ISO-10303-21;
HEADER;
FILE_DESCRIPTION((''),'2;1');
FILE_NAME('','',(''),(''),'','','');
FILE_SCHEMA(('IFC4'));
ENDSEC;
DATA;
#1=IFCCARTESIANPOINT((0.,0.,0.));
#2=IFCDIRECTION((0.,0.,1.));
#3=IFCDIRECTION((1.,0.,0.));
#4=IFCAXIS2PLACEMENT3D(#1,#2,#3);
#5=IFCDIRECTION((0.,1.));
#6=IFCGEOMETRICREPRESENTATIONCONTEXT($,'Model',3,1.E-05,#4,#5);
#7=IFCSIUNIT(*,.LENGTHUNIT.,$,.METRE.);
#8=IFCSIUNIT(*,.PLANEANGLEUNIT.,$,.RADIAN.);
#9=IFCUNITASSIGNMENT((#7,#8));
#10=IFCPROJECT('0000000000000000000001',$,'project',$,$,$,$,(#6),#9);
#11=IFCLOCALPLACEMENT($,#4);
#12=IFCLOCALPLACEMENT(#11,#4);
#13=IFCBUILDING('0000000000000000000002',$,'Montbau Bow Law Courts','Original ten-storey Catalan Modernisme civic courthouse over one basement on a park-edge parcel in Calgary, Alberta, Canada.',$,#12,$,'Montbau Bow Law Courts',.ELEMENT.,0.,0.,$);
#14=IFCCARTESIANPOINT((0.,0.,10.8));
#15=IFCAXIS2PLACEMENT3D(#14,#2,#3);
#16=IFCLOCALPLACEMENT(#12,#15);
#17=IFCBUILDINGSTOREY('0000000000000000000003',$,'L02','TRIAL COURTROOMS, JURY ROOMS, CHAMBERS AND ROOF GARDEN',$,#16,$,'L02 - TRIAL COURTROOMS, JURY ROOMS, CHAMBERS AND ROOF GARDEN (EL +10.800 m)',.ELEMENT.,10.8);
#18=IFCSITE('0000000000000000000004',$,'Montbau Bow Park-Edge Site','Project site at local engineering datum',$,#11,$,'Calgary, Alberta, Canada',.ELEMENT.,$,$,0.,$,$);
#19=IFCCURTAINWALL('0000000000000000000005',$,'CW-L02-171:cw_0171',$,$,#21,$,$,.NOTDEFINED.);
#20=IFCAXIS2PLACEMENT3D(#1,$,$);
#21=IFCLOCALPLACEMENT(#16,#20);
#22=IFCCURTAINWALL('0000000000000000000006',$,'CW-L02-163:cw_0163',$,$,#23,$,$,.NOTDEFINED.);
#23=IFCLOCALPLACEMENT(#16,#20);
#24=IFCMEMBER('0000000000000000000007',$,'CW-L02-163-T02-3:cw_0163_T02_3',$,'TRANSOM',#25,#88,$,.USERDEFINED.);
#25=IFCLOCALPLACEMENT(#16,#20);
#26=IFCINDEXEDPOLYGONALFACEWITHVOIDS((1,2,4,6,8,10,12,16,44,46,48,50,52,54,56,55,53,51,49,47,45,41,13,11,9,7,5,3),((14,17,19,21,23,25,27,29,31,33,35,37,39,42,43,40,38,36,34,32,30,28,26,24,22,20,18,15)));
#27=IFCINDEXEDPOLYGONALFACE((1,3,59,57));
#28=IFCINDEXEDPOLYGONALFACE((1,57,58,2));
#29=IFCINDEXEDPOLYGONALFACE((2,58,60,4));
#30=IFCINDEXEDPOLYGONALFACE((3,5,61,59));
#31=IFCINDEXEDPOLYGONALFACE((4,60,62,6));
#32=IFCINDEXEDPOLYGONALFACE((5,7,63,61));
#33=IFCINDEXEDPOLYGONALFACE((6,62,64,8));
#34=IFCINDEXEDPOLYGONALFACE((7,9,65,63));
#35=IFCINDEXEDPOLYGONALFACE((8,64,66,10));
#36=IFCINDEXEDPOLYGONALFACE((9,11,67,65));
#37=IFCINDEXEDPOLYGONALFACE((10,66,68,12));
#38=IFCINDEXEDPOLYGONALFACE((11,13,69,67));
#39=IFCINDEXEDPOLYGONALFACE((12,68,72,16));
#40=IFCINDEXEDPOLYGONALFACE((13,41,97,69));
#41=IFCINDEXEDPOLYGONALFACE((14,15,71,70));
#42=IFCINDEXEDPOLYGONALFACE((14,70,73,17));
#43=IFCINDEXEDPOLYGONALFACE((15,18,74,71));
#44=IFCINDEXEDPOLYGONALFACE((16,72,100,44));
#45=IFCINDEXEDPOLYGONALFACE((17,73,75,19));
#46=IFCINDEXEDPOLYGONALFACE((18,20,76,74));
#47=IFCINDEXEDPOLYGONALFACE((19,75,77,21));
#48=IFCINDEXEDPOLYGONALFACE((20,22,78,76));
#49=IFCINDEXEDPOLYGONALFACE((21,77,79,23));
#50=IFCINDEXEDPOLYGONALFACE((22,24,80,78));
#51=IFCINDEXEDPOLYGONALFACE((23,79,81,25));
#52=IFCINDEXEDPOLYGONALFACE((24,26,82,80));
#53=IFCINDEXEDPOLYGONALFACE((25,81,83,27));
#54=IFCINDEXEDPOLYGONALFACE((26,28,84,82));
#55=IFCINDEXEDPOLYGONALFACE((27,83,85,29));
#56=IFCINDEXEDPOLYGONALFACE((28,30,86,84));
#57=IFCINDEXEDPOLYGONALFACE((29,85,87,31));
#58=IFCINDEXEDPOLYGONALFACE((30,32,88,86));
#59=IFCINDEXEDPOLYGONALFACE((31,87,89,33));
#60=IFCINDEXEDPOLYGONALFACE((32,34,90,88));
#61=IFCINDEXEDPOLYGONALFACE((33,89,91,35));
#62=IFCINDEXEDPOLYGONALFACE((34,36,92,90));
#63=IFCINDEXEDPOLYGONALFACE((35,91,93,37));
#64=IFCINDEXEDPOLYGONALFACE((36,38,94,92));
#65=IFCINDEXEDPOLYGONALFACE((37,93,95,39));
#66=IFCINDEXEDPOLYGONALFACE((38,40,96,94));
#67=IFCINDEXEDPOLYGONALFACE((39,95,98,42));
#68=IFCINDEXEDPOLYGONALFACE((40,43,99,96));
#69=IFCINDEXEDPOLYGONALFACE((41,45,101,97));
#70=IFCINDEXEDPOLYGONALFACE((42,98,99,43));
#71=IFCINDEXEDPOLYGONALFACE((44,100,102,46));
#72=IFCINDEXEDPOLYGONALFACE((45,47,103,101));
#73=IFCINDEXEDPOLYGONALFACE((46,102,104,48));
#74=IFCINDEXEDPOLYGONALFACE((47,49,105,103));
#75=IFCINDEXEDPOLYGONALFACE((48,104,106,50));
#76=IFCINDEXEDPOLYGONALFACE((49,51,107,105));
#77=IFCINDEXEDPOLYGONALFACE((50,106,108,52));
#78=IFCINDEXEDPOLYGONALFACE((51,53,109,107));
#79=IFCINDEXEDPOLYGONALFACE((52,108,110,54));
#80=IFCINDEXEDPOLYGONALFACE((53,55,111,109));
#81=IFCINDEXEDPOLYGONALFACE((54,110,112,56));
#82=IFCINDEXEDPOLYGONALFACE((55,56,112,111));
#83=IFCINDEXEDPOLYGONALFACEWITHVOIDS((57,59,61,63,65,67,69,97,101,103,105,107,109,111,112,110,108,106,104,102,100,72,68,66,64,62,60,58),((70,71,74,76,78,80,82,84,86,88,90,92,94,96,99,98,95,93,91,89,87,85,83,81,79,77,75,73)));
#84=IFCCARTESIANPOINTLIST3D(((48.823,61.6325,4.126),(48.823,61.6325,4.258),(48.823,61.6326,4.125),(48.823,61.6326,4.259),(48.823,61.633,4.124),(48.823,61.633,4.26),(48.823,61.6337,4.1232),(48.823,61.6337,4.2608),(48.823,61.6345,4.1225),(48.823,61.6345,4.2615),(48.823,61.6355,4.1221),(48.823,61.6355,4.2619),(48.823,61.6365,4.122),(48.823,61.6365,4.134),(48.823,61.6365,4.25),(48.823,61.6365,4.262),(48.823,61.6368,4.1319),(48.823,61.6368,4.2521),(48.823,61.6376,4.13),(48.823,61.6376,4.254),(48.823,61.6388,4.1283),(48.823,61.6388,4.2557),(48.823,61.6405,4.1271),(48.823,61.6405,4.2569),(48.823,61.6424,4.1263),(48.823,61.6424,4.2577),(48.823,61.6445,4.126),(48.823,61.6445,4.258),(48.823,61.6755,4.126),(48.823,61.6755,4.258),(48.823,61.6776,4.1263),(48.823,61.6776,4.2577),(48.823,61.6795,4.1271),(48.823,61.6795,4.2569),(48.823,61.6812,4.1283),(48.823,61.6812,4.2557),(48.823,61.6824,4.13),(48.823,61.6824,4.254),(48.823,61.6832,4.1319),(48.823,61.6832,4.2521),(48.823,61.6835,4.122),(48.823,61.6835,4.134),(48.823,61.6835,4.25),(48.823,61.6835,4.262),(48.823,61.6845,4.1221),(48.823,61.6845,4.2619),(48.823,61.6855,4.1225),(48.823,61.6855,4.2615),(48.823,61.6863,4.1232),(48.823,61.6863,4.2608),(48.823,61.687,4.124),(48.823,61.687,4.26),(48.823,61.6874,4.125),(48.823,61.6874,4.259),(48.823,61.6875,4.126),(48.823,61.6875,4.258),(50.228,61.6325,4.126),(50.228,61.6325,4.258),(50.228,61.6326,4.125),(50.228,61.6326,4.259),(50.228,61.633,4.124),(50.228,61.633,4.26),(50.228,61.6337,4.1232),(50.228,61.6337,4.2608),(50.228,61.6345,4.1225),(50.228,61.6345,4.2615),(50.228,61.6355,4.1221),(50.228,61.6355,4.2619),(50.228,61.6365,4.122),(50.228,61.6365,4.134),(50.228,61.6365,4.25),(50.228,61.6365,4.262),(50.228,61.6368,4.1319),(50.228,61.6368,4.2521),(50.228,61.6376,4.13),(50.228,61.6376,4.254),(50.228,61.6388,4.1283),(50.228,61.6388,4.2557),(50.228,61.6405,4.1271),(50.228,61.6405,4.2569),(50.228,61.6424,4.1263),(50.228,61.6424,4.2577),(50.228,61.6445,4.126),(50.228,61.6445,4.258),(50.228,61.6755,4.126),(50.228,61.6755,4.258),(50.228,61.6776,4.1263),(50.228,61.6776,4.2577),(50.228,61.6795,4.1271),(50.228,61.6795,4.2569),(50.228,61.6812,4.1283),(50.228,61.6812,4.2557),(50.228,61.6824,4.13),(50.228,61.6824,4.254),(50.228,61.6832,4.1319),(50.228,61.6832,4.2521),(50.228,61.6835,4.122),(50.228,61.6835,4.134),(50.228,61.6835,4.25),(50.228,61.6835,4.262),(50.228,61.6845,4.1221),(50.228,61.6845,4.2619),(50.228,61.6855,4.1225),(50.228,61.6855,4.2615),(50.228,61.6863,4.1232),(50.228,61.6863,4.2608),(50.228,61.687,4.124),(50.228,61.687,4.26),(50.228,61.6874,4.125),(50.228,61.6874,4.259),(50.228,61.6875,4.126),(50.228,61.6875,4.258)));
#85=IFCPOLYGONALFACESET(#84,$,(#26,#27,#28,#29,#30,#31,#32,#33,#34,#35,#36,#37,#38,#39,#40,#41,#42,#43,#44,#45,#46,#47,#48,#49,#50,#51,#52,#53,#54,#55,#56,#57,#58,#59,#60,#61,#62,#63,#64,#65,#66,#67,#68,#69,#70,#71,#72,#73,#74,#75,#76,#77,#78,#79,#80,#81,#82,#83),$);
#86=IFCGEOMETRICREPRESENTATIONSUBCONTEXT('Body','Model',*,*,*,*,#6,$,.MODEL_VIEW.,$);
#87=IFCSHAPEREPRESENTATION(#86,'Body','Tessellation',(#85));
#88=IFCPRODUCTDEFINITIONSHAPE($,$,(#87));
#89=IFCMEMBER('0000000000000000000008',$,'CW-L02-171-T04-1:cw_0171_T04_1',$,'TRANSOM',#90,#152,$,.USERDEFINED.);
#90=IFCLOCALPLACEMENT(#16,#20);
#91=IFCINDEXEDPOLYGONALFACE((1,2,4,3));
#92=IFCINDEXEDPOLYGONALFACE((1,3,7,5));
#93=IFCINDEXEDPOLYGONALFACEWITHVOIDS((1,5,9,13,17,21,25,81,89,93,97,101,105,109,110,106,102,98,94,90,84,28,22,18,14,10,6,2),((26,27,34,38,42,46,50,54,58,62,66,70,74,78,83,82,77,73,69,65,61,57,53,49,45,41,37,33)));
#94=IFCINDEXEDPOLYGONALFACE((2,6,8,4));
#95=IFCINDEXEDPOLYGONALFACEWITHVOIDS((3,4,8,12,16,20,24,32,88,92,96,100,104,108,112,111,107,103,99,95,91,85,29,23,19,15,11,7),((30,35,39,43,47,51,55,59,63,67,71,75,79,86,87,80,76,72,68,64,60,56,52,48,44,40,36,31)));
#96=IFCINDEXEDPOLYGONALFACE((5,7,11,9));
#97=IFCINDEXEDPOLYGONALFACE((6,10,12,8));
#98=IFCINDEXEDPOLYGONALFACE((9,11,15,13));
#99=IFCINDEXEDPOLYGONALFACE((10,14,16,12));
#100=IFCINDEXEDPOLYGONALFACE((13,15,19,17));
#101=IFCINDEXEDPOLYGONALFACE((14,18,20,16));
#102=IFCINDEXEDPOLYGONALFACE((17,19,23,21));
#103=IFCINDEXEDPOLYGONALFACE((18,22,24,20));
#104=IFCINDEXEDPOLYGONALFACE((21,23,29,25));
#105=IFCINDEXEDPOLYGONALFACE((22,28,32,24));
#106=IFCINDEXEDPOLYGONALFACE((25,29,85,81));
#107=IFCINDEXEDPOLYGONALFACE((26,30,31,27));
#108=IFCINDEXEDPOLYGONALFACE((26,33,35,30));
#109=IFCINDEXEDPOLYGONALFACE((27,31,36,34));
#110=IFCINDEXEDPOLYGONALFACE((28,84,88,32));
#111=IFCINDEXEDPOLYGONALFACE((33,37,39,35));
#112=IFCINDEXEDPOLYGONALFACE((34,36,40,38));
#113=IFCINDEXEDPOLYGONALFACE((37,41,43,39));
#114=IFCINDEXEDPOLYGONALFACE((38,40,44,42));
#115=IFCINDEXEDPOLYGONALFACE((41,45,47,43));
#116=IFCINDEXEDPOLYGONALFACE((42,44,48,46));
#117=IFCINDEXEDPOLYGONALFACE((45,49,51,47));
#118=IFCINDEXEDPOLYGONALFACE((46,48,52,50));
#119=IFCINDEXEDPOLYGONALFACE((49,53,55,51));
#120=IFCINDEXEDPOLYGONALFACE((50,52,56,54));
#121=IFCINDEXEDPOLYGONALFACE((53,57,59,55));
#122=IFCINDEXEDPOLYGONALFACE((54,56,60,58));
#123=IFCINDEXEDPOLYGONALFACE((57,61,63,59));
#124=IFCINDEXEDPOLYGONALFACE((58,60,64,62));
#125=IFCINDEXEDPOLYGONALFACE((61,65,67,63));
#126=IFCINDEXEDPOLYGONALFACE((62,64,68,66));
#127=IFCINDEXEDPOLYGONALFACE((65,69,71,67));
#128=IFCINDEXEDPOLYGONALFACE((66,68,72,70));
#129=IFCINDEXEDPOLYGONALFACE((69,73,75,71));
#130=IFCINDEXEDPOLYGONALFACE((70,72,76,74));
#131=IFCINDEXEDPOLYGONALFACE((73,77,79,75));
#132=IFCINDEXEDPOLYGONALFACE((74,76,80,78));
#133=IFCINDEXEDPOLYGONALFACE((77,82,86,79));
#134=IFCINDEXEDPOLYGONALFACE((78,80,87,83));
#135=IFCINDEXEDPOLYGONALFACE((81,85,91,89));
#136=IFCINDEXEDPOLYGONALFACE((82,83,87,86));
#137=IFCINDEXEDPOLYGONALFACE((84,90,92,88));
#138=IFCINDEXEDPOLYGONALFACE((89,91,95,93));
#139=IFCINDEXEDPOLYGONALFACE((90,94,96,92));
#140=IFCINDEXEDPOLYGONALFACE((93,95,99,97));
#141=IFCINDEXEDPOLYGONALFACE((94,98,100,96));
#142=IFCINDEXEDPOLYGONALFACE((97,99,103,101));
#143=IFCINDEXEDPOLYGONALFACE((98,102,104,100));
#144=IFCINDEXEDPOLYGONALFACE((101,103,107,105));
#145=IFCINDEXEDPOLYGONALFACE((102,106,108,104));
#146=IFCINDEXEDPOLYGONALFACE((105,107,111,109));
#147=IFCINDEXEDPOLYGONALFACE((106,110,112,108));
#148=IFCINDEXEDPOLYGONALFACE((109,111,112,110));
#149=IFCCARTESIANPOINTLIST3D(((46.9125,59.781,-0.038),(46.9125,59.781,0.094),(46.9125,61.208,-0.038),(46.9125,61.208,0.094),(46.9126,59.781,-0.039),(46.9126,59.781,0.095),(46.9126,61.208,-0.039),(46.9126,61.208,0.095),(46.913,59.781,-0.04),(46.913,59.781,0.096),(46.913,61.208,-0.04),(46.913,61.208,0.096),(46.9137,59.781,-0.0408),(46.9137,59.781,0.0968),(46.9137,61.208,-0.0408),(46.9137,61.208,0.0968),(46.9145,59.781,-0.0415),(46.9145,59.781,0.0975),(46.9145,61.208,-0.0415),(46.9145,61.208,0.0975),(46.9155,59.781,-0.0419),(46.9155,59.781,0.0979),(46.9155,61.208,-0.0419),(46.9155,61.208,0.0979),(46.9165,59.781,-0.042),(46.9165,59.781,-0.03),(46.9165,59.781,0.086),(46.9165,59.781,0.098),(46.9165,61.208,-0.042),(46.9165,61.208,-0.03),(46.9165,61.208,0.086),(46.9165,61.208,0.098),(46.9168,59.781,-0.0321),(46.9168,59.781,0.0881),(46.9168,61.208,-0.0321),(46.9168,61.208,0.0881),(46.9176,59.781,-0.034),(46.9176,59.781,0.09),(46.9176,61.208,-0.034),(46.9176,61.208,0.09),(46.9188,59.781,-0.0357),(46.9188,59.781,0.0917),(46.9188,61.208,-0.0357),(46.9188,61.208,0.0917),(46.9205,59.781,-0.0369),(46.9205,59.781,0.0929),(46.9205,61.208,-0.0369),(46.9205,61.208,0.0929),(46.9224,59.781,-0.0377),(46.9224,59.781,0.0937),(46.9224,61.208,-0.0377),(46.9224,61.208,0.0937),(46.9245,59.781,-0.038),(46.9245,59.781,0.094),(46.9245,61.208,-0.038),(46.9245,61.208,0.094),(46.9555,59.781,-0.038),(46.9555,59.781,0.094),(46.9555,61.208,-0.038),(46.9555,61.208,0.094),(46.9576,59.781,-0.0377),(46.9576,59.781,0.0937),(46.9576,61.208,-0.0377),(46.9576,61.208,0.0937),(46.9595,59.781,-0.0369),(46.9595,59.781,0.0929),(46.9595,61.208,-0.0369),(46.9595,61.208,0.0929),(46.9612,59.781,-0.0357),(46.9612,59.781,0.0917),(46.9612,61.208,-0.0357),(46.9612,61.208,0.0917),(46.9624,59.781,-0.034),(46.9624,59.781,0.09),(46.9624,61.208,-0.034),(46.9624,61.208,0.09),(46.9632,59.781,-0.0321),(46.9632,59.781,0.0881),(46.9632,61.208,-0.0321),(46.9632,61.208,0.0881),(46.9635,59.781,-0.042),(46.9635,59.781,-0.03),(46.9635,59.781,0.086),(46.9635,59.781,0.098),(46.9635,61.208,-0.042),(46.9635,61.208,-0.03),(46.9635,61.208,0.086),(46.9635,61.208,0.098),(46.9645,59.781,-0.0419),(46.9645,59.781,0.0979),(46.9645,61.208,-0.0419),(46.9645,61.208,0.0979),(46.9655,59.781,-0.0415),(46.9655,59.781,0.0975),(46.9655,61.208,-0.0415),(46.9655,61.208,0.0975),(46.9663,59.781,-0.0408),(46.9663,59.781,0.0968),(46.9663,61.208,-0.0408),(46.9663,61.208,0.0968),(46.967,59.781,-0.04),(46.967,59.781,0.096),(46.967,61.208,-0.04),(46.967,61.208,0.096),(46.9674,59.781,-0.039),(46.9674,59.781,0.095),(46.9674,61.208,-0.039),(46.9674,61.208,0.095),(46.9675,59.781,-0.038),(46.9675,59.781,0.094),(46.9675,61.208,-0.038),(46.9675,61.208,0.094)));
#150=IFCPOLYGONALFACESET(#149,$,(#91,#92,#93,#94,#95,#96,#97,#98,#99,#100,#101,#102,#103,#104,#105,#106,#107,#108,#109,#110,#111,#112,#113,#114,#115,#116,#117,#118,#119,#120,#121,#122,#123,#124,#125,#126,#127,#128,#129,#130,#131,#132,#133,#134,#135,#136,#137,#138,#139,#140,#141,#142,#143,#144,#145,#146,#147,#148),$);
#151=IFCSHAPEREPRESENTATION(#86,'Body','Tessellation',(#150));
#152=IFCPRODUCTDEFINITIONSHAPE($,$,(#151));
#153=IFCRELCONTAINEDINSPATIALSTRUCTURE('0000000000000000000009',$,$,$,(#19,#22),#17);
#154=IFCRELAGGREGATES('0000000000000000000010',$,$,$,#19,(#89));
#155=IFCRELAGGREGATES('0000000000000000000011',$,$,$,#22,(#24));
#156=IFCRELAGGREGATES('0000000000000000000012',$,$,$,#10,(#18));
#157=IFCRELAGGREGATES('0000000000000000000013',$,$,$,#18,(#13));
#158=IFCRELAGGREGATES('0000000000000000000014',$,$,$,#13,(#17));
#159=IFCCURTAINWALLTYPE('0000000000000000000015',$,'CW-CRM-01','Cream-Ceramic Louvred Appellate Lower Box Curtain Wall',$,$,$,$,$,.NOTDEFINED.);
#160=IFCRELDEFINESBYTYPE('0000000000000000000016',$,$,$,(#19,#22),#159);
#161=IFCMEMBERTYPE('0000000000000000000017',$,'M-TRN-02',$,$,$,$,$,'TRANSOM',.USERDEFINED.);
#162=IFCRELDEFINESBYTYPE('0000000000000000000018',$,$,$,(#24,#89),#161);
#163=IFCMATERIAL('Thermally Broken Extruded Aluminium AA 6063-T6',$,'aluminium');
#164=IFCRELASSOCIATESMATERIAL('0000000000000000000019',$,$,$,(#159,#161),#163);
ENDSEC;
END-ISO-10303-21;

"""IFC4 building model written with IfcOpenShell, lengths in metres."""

from ifc_helpers import new_model, si_unit, direction, frame, origin_with_axes, origin_2d_with_axis, place, context, subcontext, project, spatial, hollow_rectangle, extrude, material, material_profile, profile_set, type_object, element, aggregate, save


model = new_model("IFC4")

# Units and contexts
model_context = context("Model", 3, precision=1e-05, world=origin_with_axes(), true_north=direction((0.0, 1.0)))
body_context = subcontext(model_context, "Body", "Model", "MODEL_VIEW")
ifc_project = project(units=[si_unit("LENGTHUNIT", "METRE"), si_unit("PLANEANGLEUNIT", "RADIAN")], contexts=[model_context])

# Site, building, storey
site_placement = place(None, origin_with_axes())
site = spatial("IfcSite", under=ifc_project, at=site_placement, Name="Montbau Bow Park-Edge Site", Description="Project site at local engineering datum", LongName="Calgary, Alberta, Canada", CompositionType="ELEMENT", RefElevation=0.0)
building_placement = place(site_placement, origin_with_axes())
building = spatial("IfcBuilding", under=site, at=building_placement, Name="Montbau Bow Law Courts", Description="Original ten-storey Catalan Modernisme civic courthouse over one basement on a park-edge parcel in Calgary, Alberta, Canada.", LongName="Montbau Bow Law Courts", CompositionType="ELEMENT", ElevationOfRefHeight=0.0, ElevationOfTerrain=0.0)
storey_placement = place(building_placement, frame((0.0, 0.0, 10.8), z_axis=(0.0, 0.0, 1.0), x_axis=(1.0, 0.0, 0.0)))
storey = spatial("IfcBuildingStorey", under=building, at=storey_placement, Name="L02", Description="TRIAL COURTROOMS, JURY ROOMS, CHAMBERS AND ROOF GARDEN", LongName="L02 - TRIAL COURTROOMS, JURY ROOMS, CHAMBERS AND ROOF GARDEN (EL +10.800 m)", CompositionType="ELEMENT", Elevation=10.8)

# Curtain wall
ifc_material_1 = material(Name="Thermally Broken Extruded Aluminium AA 6063-T6", Category="aluminium")
curtain_wall_type = type_object("IfcCurtainWallType", Name="CW-CRM-01", Description="Cream-Ceramic Louvred Appellate Lower Box Curtain Wall", PredefinedType="NOTDEFINED", material=ifc_material_1)
curtain_wall_1_placement = place(None, frame((46.94, 55.115, 10.8), z_axis=(0.0, 0.0, 1.0), x_axis=(1.0, 0.0, 0.0)))
curtain_wall_1 = element("IfcCurtainWall", 1, at=curtain_wall_1_placement, inside=storey, type_object=curtain_wall_type, Name="CW-L02-171:cw_0171", PredefinedType="NOTDEFINED")

# Curtain wall, member
curtain_wall_2_placement = place(None, frame((47.315, 61.66, 10.8), z_axis=(0.0, 0.0, 1.0), x_axis=(1.0, 0.0, 0.0)))
curtain_wall_2 = element("IfcCurtainWall", 2, at=curtain_wall_2_placement, inside=storey, type_object=curtain_wall_type, Name="CW-L02-163:cw_0163", PredefinedType="NOTDEFINED")
ifc_material_profile_1 = material_profile(ifc_material_1, hollow_rectangle(XDim=0.055, YDim=0.14, WallThickness=0.004, InnerFilletRadius=0.008, OuterFilletRadius=0.004, at=origin_2d_with_axis()), Name="CWT-140X55", Category="Main", Priority=0)
ifc_profile_set_1 = profile_set([ifc_material_profile_1], Name="Thermally Broken Extruded Aluminium AA 6063-T6")
member_type_1 = type_object("IfcMemberType", Name="M-TRN-02", ElementType="TRANSOM", PredefinedType="USERDEFINED", material=ifc_profile_set_1)
member_1_placement = place(None, frame((48.823, 61.66, 14.992), z_axis=(1.0, 0.0, 0.0), x_axis=(0.0, 1.0, 0.0)))
member_1 = element("IfcMember", 3, at=member_1_placement, type_object=member_type_1, Name="CW-L02-163-T02-3:cw_0163_T02_3", ObjectType="TRANSOM", PredefinedType="USERDEFINED", context=body_context, shape_type="SweptSolid", body=[
    extrude(hollow_rectangle(XDim=0.055, YDim=0.14, WallThickness=0.004, InnerFilletRadius=0.008, OuterFilletRadius=0.004, at=origin_2d_with_axis()), origin_with_axes(), (0.0, 0.0, 1.0), 1.405),
])

# Member
member_2_placement = place(None, frame((46.94, 59.781, 10.828), z_axis=(0.0, 1.0, 0.0), x_axis=(-1.0, 0.0, 0.0)))
member_2 = element("IfcMember", 4, at=member_2_placement, type_object=member_type_1, Name="CW-L02-171-T04-1:cw_0171_T04_1", ObjectType="TRANSOM", PredefinedType="USERDEFINED", context=body_context, shape_type="SweptSolid", body=[
    extrude(hollow_rectangle(XDim=0.055, YDim=0.14, WallThickness=0.004, InnerFilletRadius=0.008, OuterFilletRadius=0.004, at=origin_2d_with_axis()), origin_with_axes(), (0.0, 0.0, 1.0), 1.427),
])

aggregate(curtain_wall_1, [member_2])
aggregate(curtain_wall_2, [member_1])

save(model, "model.ifc")
